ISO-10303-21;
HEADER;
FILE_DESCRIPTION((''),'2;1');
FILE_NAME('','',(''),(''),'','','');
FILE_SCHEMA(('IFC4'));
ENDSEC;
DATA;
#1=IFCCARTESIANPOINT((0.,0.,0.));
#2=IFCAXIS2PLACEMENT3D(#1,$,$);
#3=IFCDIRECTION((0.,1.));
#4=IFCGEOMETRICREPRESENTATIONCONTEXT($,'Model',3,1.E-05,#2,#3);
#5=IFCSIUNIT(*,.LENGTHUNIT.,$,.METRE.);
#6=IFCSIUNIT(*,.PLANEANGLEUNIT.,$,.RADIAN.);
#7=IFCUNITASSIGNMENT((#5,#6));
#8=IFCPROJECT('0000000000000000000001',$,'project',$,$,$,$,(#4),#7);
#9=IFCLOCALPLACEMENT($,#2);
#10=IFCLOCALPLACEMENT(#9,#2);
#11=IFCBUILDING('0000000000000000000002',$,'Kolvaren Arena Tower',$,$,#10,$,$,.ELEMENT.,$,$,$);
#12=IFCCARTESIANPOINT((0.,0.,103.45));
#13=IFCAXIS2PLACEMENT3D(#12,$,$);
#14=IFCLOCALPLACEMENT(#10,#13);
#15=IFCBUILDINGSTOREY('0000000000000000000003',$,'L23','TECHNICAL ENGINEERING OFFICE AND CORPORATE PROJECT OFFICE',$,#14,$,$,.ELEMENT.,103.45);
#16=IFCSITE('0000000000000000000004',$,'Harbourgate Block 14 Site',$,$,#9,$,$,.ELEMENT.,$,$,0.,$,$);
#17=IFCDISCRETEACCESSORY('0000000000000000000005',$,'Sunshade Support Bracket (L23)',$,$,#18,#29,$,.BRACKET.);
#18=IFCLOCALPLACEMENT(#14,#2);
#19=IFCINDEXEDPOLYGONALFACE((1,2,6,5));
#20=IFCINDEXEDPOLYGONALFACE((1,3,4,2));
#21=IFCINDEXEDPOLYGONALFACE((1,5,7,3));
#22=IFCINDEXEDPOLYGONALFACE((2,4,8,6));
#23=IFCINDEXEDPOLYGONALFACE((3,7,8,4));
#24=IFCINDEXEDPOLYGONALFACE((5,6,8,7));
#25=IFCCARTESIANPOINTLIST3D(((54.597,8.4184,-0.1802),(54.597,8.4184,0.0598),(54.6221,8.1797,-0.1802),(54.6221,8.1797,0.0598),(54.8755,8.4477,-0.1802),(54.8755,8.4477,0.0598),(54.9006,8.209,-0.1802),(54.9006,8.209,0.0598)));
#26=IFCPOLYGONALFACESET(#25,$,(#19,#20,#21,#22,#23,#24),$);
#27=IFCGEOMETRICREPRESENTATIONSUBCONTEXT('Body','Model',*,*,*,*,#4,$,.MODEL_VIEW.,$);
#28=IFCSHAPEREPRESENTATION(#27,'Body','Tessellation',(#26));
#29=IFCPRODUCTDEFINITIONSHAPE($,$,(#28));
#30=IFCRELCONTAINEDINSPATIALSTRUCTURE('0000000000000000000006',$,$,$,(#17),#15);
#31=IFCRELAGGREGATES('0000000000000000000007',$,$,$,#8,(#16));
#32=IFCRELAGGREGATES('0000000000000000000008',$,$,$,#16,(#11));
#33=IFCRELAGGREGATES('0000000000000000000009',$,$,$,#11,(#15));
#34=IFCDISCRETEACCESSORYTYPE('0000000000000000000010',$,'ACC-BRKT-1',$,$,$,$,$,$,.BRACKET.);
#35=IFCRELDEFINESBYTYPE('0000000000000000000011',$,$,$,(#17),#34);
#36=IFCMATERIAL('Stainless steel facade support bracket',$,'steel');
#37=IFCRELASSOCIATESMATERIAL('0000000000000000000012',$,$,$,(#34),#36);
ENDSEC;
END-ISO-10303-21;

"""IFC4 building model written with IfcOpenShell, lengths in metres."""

from ifc_helpers import new_model, si_unit, direction, frame, origin, origin_2d, place, context, subcontext, project, spatial, rectangle, extrude, material, type_object, element, save


model = new_model("IFC4")

# Units and contexts
model_context = context("Model", 3, precision=1e-05, world=origin(), true_north=direction((0.0, 1.0)))
body_context = subcontext(model_context, "Body", "Model", "MODEL_VIEW")
ifc_project = project(units=[si_unit("LENGTHUNIT", "METRE"), si_unit("PLANEANGLEUNIT", "RADIAN")], contexts=[model_context])

# Site, building, storey
site_placement = place(None, origin())
site = spatial("IfcSite", under=ifc_project, at=site_placement, Name="Harbourgate Block 14 Site", CompositionType="ELEMENT", RefElevation=0.0)
building_placement = place(site_placement, origin())
building = spatial("IfcBuilding", under=site, at=building_placement, Name="Kolvaren Arena Tower", CompositionType="ELEMENT")
storey_placement = place(building_placement, frame((0.0, 0.0, 103.45)))
storey = spatial("IfcBuildingStorey", under=building, at=storey_placement, Name="L23", Description="TECHNICAL ENGINEERING OFFICE AND CORPORATE PROJECT OFFICE", CompositionType="ELEMENT", Elevation=103.45)

# Discrete accessory
ifc_material_1 = material(Name="Stainless steel facade support bracket", Category="steel")
discrete_accessory_type = type_object("IfcDiscreteAccessoryType", Name="ACC-BRKT-1", PredefinedType="BRACKET", material=ifc_material_1)
discrete_accessory_placement = place(storey_placement, frame((54.7488, 8.3137, -0.1802), z_axis=(0.0, 0.0, 1.0), x_axis=(-0.994522, -0.104527, 0.0)))
element("IfcDiscreteAccessory", 1, at=discrete_accessory_placement, inside=storey, type_object=discrete_accessory_type, Name="Sunshade Support Bracket (L23)", PredefinedType="BRACKET", context=body_context, shape_type="SweptSolid", body=[
    extrude(rectangle(XDim=0.28, YDim=0.24, at=origin_2d()), origin(), (0.0, 0.0, 1.0), 0.24),
])

save(model, "model.ifc")
